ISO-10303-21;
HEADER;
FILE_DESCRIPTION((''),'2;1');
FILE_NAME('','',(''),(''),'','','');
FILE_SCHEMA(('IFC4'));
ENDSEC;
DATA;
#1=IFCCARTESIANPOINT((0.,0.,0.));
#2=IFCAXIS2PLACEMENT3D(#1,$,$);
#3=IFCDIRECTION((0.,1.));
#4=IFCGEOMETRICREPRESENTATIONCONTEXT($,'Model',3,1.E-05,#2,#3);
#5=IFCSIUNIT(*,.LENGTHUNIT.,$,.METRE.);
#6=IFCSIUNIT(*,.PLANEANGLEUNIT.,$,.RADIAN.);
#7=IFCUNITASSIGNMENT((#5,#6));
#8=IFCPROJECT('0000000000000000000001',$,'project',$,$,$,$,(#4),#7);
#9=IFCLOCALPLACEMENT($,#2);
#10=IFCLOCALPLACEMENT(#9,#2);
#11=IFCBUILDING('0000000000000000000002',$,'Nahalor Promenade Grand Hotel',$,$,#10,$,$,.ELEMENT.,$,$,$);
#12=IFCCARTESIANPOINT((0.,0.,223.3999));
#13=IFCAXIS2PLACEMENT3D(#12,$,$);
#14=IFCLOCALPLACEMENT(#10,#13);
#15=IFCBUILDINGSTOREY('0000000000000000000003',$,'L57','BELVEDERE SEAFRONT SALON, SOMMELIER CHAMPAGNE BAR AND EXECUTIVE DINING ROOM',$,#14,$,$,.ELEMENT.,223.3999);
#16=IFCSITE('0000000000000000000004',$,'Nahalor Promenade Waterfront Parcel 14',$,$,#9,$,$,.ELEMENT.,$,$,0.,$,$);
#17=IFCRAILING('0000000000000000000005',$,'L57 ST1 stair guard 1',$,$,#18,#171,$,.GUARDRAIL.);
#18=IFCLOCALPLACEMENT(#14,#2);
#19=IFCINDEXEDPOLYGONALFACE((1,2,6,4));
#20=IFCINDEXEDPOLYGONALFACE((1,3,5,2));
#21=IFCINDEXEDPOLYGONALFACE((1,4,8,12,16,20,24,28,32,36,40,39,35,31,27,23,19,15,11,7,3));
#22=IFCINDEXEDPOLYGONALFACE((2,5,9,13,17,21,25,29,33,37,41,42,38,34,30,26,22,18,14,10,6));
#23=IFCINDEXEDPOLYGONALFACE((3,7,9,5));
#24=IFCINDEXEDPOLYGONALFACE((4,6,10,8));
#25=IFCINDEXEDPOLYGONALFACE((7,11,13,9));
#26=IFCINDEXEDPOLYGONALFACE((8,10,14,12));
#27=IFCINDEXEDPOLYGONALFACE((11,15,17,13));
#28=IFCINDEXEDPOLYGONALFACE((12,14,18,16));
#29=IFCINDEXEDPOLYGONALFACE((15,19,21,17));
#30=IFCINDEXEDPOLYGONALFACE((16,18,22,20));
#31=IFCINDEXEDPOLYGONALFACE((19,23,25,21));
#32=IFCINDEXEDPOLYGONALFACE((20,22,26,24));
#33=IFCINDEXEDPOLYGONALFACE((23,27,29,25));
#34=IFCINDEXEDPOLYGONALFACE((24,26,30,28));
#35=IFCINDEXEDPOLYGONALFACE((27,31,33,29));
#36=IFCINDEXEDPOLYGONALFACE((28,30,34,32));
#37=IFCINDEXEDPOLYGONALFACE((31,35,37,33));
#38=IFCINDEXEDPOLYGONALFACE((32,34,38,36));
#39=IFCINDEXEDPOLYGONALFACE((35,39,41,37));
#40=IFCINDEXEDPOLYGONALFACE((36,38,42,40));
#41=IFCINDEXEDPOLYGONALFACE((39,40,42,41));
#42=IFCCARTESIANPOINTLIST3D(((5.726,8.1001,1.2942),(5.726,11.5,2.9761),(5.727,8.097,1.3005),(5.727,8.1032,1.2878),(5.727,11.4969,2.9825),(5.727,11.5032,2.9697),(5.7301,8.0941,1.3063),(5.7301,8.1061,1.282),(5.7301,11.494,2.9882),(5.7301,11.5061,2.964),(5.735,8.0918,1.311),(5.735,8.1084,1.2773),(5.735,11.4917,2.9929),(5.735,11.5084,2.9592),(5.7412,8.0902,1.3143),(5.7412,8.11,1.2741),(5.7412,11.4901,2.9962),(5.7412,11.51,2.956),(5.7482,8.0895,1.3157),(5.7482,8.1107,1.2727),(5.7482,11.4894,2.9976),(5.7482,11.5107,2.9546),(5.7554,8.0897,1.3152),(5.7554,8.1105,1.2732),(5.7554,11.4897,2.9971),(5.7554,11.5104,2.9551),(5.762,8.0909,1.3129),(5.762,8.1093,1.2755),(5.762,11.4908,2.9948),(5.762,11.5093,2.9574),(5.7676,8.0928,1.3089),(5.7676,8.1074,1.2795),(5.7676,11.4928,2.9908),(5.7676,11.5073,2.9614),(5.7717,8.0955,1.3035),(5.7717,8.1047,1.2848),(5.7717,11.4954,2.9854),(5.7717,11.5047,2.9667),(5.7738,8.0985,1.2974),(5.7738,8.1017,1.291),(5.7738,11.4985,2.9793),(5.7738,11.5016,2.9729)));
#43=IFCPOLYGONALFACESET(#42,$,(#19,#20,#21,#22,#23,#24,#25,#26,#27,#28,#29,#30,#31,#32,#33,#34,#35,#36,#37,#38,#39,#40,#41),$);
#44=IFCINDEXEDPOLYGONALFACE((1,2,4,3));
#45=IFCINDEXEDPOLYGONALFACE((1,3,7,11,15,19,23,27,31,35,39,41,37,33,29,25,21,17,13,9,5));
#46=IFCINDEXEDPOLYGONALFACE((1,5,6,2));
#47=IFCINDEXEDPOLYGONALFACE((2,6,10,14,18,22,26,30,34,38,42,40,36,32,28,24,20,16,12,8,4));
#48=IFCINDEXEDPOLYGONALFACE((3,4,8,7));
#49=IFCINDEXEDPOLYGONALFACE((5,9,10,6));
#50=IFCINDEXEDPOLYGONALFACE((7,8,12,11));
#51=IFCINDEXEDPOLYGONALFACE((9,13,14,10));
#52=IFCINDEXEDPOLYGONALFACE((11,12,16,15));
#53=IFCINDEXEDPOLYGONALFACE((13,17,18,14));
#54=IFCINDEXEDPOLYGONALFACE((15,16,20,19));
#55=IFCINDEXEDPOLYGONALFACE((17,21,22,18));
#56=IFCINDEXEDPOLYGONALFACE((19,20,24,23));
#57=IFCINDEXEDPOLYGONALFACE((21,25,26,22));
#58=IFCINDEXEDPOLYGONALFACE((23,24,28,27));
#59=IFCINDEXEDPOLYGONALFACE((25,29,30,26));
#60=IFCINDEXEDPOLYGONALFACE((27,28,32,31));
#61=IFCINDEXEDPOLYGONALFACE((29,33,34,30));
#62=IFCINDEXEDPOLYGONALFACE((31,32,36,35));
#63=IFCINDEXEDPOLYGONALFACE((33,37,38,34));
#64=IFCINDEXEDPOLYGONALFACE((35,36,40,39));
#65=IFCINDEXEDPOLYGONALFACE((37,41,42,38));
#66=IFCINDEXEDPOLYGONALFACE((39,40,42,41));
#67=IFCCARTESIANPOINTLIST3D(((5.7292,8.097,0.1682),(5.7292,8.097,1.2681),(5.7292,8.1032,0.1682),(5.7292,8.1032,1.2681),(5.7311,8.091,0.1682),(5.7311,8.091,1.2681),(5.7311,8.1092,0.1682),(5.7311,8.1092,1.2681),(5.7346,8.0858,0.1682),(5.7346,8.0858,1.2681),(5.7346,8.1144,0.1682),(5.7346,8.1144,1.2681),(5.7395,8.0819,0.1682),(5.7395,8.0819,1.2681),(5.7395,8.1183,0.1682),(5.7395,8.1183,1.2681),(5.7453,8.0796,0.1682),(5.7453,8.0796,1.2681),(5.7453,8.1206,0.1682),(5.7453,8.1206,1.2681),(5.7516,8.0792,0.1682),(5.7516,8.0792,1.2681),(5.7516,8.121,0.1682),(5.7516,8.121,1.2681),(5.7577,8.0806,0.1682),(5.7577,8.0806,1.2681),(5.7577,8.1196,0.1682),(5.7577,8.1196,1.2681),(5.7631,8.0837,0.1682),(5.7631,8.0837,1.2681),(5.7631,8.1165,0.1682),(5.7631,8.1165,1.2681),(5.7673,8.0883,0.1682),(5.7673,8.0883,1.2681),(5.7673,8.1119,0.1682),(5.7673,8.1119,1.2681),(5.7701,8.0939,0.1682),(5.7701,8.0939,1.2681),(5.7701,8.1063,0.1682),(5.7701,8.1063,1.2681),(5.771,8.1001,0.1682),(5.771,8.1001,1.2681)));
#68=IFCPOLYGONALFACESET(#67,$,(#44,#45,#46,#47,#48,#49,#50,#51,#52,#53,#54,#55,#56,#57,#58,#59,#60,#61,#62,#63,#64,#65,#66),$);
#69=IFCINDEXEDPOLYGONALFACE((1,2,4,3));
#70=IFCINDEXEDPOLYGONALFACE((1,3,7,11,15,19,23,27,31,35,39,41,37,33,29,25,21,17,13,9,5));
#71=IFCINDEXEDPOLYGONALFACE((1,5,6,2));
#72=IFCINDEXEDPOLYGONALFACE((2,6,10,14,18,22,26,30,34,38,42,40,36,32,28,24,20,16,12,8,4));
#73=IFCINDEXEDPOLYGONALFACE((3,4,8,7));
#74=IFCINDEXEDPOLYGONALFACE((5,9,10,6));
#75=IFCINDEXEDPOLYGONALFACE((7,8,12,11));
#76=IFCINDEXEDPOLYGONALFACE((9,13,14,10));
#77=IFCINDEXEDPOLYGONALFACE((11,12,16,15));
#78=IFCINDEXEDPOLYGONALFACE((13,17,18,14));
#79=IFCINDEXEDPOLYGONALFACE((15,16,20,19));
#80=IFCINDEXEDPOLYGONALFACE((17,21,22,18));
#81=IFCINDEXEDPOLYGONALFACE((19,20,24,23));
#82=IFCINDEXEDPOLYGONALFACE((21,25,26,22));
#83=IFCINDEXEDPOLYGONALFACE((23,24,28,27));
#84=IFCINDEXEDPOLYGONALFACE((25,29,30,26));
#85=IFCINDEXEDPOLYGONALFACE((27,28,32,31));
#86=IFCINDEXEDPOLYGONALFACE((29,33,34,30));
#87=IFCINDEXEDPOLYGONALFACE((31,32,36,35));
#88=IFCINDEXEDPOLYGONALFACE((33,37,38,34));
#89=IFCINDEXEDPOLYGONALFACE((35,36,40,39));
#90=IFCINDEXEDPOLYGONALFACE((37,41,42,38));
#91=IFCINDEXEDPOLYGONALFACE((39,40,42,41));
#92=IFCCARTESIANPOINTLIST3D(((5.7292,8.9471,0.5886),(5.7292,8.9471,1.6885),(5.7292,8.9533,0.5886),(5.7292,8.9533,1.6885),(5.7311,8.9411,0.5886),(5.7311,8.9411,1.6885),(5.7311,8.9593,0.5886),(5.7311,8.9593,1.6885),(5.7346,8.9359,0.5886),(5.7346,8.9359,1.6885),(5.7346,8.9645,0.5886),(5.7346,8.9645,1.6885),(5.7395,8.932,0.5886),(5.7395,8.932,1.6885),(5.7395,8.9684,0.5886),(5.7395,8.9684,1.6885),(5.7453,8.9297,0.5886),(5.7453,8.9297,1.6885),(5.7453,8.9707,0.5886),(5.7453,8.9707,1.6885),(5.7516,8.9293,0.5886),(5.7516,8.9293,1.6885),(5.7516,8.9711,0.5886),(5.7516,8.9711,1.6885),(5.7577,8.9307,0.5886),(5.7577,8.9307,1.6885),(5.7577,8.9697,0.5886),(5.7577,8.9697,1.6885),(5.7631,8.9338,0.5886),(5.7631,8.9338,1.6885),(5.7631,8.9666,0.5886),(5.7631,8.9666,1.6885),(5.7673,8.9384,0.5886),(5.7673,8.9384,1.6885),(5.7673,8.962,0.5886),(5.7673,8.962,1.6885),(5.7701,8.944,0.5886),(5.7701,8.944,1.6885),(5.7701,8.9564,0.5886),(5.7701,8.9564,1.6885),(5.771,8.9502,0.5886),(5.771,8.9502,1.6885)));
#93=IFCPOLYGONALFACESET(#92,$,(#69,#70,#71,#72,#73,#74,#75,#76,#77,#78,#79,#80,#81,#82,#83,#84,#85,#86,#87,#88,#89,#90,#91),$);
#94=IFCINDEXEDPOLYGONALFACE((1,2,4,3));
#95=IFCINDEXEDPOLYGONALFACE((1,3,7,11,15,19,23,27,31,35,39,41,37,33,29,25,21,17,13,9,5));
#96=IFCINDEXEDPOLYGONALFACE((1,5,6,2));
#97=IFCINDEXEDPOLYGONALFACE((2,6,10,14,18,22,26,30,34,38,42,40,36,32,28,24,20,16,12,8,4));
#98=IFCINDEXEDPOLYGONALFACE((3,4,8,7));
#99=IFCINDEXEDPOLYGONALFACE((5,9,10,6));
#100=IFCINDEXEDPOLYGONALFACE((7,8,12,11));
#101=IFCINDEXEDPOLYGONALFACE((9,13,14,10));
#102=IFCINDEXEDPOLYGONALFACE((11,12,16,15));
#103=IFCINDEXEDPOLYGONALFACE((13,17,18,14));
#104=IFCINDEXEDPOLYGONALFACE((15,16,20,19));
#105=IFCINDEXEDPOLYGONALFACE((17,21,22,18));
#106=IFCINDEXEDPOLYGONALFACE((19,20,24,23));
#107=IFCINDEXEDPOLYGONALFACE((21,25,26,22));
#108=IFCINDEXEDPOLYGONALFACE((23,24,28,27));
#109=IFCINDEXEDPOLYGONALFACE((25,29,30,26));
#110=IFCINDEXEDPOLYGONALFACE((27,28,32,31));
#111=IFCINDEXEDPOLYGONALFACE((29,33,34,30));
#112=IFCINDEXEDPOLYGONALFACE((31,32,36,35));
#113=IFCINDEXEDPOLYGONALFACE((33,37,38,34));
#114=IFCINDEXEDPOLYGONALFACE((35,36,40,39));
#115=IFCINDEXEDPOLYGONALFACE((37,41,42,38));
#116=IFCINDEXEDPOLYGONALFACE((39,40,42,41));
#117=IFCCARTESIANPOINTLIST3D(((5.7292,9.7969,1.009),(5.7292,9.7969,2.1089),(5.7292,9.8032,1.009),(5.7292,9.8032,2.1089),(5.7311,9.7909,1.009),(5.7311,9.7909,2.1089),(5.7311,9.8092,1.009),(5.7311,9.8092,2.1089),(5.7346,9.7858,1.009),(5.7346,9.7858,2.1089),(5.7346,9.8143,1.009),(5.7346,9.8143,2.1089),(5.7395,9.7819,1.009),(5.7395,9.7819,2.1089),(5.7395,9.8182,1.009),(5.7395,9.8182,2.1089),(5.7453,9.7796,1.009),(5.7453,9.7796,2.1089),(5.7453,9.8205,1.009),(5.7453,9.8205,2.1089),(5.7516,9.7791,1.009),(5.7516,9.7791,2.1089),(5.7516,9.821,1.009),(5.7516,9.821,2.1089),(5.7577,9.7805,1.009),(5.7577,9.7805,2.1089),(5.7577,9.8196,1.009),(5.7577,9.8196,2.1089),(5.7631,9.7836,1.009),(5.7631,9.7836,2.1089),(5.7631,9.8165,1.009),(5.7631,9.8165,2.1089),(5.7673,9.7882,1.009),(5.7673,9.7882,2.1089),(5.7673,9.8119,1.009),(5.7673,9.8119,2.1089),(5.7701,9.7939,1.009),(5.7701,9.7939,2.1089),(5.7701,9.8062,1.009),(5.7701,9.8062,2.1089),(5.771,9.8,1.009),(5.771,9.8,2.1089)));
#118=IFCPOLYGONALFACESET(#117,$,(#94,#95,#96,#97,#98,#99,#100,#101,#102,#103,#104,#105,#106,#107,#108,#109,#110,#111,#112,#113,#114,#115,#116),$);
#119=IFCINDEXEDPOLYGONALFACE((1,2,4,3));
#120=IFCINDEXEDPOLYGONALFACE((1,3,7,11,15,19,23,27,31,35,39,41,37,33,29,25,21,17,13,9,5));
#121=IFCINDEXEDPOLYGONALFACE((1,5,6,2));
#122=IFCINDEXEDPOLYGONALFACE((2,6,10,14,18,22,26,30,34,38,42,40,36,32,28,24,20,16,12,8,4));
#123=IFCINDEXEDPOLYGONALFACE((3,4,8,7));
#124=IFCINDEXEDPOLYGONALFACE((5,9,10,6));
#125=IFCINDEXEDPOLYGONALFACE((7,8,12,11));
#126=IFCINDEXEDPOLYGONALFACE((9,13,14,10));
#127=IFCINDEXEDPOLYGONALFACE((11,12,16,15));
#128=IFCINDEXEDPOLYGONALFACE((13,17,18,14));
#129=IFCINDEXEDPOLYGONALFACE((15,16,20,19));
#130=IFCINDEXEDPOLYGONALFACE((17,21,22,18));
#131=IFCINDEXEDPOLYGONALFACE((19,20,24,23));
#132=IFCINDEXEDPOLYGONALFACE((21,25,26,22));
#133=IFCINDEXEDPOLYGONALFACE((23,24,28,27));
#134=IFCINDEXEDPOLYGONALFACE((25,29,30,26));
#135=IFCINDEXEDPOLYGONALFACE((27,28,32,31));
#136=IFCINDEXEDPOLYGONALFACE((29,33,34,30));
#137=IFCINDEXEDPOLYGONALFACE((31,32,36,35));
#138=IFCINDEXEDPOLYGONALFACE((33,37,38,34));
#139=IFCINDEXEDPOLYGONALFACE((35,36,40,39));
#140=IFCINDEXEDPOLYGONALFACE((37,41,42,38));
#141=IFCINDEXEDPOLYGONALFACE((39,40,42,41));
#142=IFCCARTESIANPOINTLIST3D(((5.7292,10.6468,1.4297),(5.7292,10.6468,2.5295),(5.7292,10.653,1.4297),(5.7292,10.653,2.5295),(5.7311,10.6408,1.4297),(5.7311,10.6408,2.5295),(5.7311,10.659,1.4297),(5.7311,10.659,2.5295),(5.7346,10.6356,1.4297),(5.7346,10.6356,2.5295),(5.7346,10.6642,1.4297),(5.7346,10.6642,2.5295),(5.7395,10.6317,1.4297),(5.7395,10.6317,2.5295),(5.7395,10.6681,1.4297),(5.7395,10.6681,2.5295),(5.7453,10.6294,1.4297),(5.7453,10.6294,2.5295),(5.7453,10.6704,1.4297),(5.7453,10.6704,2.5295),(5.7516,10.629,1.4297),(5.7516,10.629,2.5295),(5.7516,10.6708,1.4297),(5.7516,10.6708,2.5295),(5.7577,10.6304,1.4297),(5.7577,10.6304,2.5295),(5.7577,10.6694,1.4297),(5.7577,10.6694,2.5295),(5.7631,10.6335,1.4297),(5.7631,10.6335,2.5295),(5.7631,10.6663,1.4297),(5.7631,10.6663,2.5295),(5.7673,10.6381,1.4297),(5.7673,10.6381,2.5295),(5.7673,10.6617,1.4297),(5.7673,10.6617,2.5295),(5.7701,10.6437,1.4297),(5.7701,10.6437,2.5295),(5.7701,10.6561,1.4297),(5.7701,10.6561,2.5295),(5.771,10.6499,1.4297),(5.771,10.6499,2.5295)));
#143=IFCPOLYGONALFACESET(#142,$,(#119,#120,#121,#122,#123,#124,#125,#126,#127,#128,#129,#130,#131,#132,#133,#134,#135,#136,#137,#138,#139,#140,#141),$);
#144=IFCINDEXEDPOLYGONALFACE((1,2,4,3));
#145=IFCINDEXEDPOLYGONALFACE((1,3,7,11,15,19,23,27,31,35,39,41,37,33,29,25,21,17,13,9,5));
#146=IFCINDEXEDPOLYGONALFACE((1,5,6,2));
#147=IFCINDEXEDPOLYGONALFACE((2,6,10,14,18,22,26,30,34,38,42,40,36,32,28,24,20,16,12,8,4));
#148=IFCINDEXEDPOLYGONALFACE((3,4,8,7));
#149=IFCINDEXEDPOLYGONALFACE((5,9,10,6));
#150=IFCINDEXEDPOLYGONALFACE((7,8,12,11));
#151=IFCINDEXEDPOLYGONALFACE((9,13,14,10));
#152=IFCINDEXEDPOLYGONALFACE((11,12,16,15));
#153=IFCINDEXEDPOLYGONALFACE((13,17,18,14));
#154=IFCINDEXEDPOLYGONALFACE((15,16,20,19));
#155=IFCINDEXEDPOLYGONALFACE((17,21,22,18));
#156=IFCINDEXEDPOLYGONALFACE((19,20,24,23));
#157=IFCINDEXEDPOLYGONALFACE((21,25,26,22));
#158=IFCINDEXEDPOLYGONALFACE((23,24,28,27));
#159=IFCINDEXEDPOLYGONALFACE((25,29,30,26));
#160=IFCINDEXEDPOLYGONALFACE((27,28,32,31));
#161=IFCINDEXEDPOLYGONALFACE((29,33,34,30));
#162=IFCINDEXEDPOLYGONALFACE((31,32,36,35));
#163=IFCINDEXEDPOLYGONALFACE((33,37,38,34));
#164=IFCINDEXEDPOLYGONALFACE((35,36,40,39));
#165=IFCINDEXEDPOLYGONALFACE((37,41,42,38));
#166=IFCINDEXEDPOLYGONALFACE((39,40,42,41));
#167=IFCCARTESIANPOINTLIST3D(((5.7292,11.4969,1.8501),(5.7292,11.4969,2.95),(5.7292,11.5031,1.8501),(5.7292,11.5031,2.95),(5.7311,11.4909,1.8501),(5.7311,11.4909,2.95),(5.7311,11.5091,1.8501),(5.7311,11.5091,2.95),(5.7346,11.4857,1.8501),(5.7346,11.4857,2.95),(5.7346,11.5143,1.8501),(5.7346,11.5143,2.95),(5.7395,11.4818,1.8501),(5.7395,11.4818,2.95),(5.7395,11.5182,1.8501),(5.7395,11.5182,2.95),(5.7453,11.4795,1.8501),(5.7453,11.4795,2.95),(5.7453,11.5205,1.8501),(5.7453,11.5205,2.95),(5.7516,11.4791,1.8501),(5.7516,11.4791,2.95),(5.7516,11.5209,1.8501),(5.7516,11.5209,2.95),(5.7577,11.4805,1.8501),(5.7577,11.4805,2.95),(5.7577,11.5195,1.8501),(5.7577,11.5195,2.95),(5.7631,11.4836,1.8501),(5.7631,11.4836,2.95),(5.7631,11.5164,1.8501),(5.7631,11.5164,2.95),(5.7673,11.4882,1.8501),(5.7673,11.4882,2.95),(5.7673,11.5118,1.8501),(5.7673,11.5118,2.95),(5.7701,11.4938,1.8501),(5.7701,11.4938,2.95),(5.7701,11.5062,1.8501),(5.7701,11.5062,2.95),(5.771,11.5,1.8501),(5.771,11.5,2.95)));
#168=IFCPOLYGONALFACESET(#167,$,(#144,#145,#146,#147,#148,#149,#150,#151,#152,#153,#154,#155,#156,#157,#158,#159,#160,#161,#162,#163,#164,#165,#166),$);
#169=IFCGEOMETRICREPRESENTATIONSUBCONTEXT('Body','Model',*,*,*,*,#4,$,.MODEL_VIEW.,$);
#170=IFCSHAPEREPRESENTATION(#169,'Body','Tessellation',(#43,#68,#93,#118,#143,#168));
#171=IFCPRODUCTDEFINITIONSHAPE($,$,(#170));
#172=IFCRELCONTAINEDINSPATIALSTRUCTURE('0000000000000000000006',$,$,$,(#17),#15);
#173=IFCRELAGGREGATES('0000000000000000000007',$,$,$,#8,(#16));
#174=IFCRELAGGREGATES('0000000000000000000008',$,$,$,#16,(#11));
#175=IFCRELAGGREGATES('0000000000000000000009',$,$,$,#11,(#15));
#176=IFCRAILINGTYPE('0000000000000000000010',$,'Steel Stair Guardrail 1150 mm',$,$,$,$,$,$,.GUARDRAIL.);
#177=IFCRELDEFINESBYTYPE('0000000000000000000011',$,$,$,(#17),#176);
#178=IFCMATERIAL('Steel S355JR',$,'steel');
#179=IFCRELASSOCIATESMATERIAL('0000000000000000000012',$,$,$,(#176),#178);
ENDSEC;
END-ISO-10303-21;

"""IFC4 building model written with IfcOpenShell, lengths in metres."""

from ifc_helpers import new_model, si_unit, direction, frame, origin, origin_2d, place, context, subcontext, project, spatial, circle, extrude, material, type_object, element, save


model = new_model("IFC4")

# Units and contexts
model_context = context("Model", 3, precision=1e-05, world=origin(), true_north=direction((0.0, 1.0)))
body_context = subcontext(model_context, "Body", "Model", "MODEL_VIEW")
ifc_project = project(units=[si_unit("LENGTHUNIT", "METRE"), si_unit("PLANEANGLEUNIT", "RADIAN")], contexts=[model_context])

# Site, building, storey
site_placement = place(None, origin())
site = spatial("IfcSite", under=ifc_project, at=site_placement, Name="Nahalor Promenade Waterfront Parcel 14", CompositionType="ELEMENT", RefElevation=0.0)
building_placement = place(site_placement, origin())
building = spatial("IfcBuilding", under=site, at=building_placement, Name="Nahalor Promenade Grand Hotel", CompositionType="ELEMENT")
storey_placement = place(building_placement, frame((0.0, 0.0, 223.3999)))
storey = spatial("IfcBuildingStorey", under=building, at=storey_placement, Name="L57", Description="BELVEDERE SEAFRONT SALON, SOMMELIER CHAMPAGNE BAR AND EXECUTIVE DINING ROOM", CompositionType="ELEMENT", Elevation=223.3999)

# Shared definitions
ifc_material_1 = material(Name="Steel S355JR", Category="steel")

# Railing
railing_type_1 = type_object("IfcRailingType", Name="Steel Stair Guardrail 1150 mm", PredefinedType="GUARDRAIL", material=ifc_material_1)
railing_1_placement = place(storey_placement, frame((5.75, 8.1001, 0.1682)))
element("IfcRailing", 1, at=railing_1_placement, inside=storey, type_object=railing_type_1, Name="L57 ST1 stair guard 1", PredefinedType="GUARDRAIL", context=body_context, shape_type="SweptSolid", body=[
    extrude(circle(Radius=0.024, at=origin_2d()), frame((0.0, 0.0, 1.126), z_axis=(0.0, 0.896324, 0.443399), x_axis=(-1.0, 0.0, 0.0)), (0.0, 0.0, 1.0), 3.7932),
    extrude(circle(Radius=0.021, at=origin_2d()), origin(), (0.0, 0.0, 1.0), 1.0999),
    extrude(circle(Radius=0.021, at=origin_2d()), frame((0.0, 0.8501, 0.4204)), (0.0, 0.0, 1.0), 1.0999),
    extrude(circle(Radius=0.021, at=origin_2d()), frame((0.0, 1.7, 0.8408)), (0.0, 0.0, 1.0), 1.0999),
    extrude(circle(Radius=0.021, at=origin_2d()), frame((0.0, 2.5498, 1.2615)), (0.0, 0.0, 1.0), 1.0999),
    extrude(circle(Radius=0.021, at=origin_2d()), frame((0.0, 3.3999, 1.6819)), (0.0, 0.0, 1.0), 1.0999),
])

save(model, "model.ifc")
